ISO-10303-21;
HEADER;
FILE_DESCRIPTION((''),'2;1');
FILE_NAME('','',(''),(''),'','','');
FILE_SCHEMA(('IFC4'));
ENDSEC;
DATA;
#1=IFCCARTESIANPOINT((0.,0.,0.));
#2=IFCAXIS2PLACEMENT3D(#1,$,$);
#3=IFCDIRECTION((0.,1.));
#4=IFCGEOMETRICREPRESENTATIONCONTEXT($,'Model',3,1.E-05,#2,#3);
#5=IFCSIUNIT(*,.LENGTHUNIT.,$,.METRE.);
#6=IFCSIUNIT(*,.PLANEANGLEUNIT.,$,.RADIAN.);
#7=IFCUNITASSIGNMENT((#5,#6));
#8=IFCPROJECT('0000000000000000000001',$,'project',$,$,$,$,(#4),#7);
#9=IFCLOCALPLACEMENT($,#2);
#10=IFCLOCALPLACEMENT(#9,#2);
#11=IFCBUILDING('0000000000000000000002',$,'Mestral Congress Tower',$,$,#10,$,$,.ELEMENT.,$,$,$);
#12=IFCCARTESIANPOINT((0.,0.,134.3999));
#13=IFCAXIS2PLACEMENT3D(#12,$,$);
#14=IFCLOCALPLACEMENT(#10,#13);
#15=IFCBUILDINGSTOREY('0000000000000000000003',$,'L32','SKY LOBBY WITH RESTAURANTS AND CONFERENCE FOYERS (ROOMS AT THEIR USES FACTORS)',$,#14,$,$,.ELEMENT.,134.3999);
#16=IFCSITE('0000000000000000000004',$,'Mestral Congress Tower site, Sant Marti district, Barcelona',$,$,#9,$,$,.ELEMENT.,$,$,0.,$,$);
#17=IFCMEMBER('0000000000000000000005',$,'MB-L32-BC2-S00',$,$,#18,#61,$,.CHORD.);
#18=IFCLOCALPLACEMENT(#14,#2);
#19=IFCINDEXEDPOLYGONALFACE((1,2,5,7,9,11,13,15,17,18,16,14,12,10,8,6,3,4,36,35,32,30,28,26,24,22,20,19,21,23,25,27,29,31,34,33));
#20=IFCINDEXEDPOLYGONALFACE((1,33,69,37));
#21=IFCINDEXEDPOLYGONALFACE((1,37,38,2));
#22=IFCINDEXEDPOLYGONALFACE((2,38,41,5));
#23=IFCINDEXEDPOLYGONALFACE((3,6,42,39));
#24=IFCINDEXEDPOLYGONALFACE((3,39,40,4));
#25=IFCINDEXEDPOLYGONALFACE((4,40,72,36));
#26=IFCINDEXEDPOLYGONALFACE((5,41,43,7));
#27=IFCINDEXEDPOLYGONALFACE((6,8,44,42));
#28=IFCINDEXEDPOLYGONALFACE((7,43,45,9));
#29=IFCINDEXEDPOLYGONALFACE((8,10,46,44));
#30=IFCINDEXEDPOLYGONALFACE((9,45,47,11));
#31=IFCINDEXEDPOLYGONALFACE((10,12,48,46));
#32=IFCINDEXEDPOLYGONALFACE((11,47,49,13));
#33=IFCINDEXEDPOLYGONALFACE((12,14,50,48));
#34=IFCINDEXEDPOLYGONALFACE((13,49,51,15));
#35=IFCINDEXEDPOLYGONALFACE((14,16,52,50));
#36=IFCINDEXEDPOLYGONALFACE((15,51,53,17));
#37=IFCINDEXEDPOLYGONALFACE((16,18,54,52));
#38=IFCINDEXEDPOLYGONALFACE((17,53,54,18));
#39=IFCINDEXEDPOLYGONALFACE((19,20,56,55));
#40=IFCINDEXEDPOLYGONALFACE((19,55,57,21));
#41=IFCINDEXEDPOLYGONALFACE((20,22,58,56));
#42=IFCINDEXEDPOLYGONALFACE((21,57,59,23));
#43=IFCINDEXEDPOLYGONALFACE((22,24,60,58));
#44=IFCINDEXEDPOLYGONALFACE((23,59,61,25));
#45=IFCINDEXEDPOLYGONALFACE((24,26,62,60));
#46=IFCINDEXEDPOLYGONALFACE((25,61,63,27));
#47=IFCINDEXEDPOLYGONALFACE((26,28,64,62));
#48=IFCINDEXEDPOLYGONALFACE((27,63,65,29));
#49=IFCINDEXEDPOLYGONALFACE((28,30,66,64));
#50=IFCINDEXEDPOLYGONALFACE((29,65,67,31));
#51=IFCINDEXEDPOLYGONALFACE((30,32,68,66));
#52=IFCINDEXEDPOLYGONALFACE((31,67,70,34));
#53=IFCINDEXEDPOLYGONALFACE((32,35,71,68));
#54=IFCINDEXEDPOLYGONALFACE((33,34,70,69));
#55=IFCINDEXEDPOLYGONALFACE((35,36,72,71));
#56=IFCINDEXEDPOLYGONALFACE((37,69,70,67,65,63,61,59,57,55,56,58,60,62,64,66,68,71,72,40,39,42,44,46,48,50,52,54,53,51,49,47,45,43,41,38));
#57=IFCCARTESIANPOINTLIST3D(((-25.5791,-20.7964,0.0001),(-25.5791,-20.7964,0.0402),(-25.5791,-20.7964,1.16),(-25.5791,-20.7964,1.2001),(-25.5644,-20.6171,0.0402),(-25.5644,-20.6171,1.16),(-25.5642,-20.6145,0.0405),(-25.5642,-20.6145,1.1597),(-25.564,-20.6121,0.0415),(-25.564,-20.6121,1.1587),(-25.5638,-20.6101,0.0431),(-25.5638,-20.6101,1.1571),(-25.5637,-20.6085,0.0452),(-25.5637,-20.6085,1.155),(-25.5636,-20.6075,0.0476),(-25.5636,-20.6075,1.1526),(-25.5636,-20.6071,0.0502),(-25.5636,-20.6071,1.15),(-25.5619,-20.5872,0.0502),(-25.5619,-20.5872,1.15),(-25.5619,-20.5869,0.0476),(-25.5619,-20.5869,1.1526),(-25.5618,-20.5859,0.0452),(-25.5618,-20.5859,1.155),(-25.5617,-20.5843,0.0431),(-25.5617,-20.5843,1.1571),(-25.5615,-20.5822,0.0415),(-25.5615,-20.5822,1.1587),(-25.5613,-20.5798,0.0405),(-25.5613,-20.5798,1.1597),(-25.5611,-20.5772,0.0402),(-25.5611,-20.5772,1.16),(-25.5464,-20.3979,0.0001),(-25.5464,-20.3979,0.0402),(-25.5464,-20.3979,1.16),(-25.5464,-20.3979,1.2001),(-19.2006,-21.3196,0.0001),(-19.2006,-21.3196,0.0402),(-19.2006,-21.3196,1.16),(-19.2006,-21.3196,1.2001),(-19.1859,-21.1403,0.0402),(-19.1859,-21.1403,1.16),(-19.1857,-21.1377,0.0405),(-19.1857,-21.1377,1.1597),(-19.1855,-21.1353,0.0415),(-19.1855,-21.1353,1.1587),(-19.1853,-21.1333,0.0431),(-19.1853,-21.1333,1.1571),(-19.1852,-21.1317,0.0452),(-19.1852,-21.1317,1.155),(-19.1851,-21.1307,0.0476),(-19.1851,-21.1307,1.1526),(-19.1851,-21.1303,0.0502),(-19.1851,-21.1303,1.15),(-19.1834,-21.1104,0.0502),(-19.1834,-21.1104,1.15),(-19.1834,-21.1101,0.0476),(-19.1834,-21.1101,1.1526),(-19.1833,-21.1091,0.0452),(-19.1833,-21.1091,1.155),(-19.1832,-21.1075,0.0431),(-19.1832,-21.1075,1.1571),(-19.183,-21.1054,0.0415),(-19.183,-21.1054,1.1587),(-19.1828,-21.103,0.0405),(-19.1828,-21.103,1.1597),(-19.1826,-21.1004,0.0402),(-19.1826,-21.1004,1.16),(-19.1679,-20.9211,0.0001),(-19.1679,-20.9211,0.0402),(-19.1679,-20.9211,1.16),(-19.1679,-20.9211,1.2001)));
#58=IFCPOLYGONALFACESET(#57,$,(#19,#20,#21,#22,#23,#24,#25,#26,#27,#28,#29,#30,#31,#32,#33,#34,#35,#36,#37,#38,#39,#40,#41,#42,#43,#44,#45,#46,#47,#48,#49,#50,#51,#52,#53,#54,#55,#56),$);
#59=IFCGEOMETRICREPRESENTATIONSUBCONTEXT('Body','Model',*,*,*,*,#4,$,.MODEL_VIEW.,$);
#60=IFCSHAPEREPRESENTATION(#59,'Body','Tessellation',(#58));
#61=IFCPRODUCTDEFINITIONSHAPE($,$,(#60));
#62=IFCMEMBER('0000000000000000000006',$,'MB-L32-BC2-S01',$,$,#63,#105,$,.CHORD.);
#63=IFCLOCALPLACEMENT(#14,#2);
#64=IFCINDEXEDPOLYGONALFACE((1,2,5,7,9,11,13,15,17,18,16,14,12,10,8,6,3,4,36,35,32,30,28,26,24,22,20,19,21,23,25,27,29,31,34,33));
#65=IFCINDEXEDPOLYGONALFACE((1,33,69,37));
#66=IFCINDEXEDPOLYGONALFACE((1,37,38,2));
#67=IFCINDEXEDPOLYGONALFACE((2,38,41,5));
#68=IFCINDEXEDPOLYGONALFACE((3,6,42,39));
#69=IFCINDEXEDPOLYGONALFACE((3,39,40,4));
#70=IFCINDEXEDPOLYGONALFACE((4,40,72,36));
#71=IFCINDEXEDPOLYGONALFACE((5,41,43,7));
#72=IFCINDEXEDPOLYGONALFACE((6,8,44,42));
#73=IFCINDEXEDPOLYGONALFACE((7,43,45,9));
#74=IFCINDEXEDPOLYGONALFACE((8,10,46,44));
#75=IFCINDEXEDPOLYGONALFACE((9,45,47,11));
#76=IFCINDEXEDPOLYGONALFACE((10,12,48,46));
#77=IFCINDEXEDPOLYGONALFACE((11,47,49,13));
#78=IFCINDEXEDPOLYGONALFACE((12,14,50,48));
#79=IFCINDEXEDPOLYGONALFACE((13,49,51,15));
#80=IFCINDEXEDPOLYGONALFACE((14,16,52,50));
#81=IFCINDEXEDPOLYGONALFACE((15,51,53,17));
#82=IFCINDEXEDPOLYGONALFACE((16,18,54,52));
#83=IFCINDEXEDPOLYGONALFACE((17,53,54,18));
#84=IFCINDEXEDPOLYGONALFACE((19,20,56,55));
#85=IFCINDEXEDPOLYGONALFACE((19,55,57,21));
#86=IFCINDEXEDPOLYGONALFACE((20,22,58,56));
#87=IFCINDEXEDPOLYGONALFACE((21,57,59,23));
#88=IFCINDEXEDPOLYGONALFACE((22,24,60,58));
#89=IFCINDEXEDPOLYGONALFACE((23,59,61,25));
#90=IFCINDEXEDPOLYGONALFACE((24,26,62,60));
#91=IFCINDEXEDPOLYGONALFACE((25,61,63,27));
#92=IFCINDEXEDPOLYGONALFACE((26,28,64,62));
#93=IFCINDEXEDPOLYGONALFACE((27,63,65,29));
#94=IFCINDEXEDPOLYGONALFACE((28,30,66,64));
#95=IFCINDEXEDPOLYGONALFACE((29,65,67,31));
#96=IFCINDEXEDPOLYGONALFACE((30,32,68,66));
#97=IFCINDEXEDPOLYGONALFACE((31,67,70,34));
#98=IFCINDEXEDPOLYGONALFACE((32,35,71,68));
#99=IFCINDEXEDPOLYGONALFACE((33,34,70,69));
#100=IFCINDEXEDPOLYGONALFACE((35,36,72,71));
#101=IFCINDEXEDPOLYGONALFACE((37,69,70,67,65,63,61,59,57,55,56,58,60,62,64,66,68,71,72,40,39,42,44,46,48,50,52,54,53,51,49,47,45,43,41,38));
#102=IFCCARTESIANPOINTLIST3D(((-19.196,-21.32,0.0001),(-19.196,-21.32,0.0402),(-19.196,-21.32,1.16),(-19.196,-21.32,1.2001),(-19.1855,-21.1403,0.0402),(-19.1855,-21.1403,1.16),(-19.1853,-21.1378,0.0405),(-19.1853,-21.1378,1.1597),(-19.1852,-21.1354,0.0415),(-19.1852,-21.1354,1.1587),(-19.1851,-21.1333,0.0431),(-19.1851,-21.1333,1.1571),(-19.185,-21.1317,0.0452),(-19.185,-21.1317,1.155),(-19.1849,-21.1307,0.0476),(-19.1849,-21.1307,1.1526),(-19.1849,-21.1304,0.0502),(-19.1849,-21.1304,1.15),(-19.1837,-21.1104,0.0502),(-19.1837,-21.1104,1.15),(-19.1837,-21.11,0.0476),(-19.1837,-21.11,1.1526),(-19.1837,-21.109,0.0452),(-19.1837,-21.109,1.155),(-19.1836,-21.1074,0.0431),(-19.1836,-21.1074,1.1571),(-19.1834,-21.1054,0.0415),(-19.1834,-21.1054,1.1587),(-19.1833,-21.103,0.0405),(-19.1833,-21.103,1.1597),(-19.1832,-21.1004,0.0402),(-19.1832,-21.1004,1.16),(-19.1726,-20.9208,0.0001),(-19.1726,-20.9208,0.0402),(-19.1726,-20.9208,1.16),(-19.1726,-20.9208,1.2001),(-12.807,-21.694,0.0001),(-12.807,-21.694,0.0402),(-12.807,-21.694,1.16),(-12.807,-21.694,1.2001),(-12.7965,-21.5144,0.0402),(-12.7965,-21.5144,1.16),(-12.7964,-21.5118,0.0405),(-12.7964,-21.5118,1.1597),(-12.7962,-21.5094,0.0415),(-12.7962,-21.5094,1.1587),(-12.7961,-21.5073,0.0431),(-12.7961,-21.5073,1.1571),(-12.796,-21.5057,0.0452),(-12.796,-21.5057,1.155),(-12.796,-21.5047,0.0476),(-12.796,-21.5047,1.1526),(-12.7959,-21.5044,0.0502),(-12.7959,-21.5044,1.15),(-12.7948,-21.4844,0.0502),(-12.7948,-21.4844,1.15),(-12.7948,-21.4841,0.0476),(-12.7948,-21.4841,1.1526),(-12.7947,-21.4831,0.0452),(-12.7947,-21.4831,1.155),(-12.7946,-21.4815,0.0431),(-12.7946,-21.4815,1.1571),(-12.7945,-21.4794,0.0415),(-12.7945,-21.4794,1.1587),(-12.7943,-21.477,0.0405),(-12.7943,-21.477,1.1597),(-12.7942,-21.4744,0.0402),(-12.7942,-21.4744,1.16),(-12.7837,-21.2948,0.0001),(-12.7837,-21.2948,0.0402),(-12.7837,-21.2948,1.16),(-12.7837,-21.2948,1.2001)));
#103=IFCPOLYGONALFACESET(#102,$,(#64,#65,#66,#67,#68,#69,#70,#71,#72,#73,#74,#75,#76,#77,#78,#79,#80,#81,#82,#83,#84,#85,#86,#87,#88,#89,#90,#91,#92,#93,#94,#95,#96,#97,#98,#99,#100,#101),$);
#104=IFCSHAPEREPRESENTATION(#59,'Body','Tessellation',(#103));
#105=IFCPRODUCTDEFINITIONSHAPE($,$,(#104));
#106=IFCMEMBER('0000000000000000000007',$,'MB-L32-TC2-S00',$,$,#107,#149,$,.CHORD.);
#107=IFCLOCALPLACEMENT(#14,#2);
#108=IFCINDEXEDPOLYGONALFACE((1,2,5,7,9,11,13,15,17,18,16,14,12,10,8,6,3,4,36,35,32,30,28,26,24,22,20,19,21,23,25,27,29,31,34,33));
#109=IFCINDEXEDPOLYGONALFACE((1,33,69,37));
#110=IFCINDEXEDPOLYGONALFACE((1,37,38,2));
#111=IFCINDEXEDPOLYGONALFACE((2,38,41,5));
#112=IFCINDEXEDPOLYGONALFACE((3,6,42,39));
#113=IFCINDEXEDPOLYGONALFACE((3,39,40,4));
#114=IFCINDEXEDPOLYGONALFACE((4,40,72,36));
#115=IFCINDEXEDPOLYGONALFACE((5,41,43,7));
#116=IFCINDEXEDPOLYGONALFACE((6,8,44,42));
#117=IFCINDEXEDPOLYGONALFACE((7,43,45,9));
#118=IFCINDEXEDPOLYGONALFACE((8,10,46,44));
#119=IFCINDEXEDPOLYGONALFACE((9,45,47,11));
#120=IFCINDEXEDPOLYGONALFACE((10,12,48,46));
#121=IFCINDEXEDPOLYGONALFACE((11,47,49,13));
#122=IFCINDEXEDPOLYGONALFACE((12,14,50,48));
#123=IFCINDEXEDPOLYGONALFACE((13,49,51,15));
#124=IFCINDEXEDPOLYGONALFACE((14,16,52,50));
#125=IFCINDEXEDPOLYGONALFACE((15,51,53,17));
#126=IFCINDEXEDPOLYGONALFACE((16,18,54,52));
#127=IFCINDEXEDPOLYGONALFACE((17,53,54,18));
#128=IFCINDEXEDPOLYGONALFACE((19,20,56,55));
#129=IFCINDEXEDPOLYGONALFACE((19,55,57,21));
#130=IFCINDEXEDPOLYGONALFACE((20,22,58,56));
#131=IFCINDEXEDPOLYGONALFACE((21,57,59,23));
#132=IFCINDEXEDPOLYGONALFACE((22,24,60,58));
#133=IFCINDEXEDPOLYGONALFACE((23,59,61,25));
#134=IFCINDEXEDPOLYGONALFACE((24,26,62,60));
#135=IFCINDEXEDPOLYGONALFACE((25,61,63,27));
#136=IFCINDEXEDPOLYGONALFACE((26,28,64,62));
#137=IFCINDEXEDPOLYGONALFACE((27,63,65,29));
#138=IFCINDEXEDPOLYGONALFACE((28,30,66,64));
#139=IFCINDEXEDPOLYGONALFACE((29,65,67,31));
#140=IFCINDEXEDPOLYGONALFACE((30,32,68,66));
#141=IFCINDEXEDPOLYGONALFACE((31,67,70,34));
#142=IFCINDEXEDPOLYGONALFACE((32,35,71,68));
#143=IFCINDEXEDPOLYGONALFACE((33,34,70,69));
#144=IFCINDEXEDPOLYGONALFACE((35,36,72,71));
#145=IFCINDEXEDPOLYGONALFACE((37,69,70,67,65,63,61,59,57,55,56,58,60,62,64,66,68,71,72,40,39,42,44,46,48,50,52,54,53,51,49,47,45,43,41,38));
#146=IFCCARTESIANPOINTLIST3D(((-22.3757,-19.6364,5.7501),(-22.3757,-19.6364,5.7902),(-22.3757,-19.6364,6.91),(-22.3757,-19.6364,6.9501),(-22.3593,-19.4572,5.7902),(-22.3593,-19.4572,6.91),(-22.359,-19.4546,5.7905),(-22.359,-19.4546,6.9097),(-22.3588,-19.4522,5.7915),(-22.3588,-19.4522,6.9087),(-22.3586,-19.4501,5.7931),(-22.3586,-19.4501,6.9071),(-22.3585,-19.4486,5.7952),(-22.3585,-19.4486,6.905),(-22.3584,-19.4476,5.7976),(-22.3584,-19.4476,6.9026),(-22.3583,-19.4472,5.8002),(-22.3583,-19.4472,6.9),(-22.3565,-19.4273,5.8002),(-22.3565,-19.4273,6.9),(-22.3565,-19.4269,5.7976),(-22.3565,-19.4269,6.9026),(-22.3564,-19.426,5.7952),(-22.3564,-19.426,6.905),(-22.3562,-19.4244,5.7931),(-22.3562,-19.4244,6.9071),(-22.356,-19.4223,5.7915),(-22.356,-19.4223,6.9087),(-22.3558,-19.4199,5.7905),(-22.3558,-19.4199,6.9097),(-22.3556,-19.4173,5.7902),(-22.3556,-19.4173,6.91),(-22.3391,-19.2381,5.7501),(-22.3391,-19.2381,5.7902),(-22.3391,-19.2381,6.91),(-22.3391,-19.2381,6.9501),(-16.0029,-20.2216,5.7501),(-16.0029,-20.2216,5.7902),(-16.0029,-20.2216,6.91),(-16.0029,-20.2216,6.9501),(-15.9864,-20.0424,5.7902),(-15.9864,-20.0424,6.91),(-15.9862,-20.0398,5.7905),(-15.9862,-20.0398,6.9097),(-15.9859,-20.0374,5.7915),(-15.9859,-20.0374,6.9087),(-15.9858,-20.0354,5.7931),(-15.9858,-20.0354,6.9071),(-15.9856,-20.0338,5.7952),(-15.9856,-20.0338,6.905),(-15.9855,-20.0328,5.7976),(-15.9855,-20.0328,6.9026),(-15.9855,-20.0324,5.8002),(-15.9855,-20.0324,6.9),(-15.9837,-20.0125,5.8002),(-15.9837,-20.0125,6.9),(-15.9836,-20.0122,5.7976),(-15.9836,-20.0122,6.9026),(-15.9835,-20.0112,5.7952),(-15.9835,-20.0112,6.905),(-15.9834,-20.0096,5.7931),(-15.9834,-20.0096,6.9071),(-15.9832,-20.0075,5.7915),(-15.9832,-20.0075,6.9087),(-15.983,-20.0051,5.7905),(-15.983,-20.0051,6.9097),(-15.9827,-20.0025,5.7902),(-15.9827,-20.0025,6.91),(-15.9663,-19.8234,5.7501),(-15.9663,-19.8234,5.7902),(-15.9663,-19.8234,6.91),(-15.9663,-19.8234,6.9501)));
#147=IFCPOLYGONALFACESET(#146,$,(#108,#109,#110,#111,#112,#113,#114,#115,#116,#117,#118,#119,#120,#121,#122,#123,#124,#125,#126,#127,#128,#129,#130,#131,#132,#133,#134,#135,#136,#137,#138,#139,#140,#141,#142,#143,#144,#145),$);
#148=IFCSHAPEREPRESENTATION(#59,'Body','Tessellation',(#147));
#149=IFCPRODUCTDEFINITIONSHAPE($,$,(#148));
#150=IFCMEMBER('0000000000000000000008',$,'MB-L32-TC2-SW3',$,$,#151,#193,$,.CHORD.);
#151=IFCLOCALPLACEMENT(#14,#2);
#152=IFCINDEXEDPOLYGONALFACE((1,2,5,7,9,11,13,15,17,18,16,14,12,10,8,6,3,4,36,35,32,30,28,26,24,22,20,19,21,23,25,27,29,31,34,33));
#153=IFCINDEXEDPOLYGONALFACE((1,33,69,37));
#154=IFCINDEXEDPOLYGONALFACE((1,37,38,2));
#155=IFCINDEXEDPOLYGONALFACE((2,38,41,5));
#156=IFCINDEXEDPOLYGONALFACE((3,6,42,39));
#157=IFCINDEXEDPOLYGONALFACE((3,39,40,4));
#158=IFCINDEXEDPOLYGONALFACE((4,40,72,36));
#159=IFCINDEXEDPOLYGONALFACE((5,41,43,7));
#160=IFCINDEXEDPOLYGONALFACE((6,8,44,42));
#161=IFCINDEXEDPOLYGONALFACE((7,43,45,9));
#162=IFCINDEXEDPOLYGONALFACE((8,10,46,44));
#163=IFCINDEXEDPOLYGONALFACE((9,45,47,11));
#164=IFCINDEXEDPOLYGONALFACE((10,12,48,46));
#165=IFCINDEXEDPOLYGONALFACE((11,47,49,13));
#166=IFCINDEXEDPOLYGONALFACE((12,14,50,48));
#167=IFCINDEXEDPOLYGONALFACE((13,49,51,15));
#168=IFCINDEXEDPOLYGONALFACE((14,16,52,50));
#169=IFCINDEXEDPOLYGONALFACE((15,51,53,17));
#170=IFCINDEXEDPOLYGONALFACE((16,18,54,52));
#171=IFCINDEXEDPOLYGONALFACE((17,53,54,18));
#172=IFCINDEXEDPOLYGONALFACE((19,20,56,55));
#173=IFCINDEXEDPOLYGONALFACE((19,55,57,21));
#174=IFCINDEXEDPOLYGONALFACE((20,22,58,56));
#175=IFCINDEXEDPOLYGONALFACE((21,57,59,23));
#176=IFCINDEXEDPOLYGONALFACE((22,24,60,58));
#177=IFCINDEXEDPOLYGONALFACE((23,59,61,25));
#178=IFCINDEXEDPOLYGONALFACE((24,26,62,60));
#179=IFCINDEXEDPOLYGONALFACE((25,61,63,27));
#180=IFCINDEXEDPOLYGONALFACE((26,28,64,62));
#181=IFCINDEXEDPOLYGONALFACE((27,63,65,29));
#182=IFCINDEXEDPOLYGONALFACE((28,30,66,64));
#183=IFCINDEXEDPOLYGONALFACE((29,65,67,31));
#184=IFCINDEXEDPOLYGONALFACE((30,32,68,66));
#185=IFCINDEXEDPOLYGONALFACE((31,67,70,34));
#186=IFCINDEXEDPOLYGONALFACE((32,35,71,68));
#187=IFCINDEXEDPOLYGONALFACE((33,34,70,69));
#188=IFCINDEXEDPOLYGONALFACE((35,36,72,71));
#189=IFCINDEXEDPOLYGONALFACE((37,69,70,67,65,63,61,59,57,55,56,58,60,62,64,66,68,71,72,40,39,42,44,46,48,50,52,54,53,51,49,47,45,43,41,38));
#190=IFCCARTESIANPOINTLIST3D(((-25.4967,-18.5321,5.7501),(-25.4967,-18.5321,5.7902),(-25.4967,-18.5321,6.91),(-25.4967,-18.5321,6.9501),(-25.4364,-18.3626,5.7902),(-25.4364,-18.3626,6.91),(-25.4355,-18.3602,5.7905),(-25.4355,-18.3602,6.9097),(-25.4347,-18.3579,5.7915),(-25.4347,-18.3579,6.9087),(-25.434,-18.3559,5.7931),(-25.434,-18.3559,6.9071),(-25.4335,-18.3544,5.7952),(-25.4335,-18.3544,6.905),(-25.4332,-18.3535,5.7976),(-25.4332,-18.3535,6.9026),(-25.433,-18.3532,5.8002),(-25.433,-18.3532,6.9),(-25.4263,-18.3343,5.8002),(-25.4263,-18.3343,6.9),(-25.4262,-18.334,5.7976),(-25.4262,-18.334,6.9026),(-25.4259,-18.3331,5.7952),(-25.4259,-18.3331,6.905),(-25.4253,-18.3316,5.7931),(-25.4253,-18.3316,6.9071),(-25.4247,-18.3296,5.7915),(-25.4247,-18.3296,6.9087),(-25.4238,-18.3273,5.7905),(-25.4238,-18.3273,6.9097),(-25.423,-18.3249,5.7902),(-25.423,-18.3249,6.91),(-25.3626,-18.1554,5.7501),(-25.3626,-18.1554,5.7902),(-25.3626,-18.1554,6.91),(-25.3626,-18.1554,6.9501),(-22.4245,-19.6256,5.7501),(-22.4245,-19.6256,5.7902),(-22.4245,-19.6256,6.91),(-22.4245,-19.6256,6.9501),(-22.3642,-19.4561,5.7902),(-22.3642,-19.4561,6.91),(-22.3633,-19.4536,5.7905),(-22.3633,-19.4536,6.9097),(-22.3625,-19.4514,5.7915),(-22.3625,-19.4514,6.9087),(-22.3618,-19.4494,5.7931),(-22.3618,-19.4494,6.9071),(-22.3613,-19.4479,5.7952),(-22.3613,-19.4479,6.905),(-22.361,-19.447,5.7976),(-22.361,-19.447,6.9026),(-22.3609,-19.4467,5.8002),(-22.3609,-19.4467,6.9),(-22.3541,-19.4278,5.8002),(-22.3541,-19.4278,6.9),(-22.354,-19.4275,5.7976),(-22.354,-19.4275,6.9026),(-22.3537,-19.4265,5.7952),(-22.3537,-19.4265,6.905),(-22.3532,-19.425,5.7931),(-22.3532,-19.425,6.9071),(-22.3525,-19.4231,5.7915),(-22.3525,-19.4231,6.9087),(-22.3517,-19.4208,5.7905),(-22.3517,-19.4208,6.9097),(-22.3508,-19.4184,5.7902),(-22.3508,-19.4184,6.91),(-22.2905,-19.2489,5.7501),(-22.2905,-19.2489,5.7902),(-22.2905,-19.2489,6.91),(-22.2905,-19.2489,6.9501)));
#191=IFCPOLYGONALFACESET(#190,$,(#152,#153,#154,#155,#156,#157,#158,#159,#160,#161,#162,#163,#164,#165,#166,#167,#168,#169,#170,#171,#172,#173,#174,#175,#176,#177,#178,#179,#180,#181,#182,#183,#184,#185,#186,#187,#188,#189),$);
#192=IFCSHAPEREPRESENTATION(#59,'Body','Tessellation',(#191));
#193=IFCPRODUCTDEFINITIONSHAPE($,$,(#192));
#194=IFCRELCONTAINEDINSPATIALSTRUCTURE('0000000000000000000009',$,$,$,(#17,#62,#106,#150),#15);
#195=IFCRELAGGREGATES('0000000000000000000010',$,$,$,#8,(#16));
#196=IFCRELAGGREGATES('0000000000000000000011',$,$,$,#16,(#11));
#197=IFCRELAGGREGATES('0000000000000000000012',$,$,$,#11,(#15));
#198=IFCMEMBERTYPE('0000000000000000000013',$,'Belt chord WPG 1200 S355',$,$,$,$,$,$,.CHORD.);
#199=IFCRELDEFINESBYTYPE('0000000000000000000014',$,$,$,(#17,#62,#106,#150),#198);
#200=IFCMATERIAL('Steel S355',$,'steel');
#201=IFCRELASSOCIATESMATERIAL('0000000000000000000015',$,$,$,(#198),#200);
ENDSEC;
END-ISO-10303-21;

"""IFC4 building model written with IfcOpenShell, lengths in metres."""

from ifc_helpers import new_model, si_unit, direction, frame, origin, origin_2d, place, context, subcontext, project, spatial, i_section, extrude, material, material_profile, profile_set, type_object, element, save


model = new_model("IFC4")

# Units and contexts
model_context = context("Model", 3, precision=1e-05, world=origin(), true_north=direction((0.0, 1.0)))
body_context = subcontext(model_context, "Body", "Model", "MODEL_VIEW")
ifc_project = project(units=[si_unit("LENGTHUNIT", "METRE"), si_unit("PLANEANGLEUNIT", "RADIAN")], contexts=[model_context])

# Site, building, storey
site_placement = place(None, origin())
site = spatial("IfcSite", under=ifc_project, at=site_placement, Name="Mestral Congress Tower site, Sant Marti district, Barcelona", CompositionType="ELEMENT", RefElevation=0.0)
building_placement = place(site_placement, origin())
building = spatial("IfcBuilding", under=site, at=building_placement, Name="Mestral Congress Tower", CompositionType="ELEMENT")
storey_placement = place(building_placement, frame((0.0, 0.0, 134.3999)))
storey = spatial("IfcBuildingStorey", under=building, at=storey_placement, Name="L32", Description="SKY LOBBY WITH RESTAURANTS AND CONFERENCE FOYERS (ROOMS AT THEIR USES FACTORS)", CompositionType="ELEMENT", Elevation=134.3999)

# Members
ifc_material_1 = material(Name="Steel S355", Category="steel")
ifc_material_profile_1 = material_profile(ifc_material_1, i_section(OverallWidth=0.3999, OverallDepth=1.2, WebThickness=0.02, FlangeThickness=0.04, FilletRadius=0.01, at=origin_2d()), Name="WPG 1200")
ifc_profile_set_1 = profile_set([ifc_material_profile_1], Name="Steel S355")
member_type_1 = type_object("IfcMemberType", Name="Belt chord WPG 1200 S355", PredefinedType="CHORD", material=ifc_profile_set_1)
for number, where, z_axis, x_axis, name in (
    (1, (-25.5627, -20.5972, 0.6001), (0.996653, -0.081751, 0.0), (0.081751, 0.996653, 0.0), "MB-L32-BC2-S00"),
    (2, (-19.1843, -21.1204, 0.6001), (0.998291, -0.058442, 0.0), (0.058442, 0.998291, 0.0), "MB-L32-BC2-S01"),
):
    element("IfcMember", number, at=place(storey_placement, frame(where, z_axis=z_axis, x_axis=x_axis)), inside=storey, type_object=member_type_1, Name=name, PredefinedType="CHORD", context=body_context, shape_type="SweptSolid", body=[
        extrude(i_section(OverallWidth=0.3999, OverallDepth=1.2, WebThickness=0.02, FlangeThickness=0.04, FilletRadius=0.01, at=origin_2d()), origin(), (0.0, 0.0, 1.0), 6.3999),
    ])
member_1_placement = place(storey_placement, frame((-22.3574, -19.4373, 6.3501), z_axis=(0.99581, -0.091444, 0.0), x_axis=(0.091444, 0.99581, 0.0)))
element("IfcMember", 3, at=member_1_placement, inside=storey, type_object=member_type_1, Name="MB-L32-TC2-S00", PredefinedType="CHORD", context=body_context, shape_type="SweptSolid", body=[
    extrude(i_section(OverallWidth=0.3999, OverallDepth=1.2, WebThickness=0.02, FlangeThickness=0.04, FilletRadius=0.01, at=origin_2d()), origin(), (0.0, 0.0, 1.0), 6.3997),
])
member_2_placement = place(storey_placement, frame((-25.4297, -18.3438, 6.3501), z_axis=(0.942104, -0.335321, 0.0), x_axis=(0.335321, 0.942104, 0.0)))
element("IfcMember", 4, at=member_2_placement, inside=storey, type_object=member_type_1, Name="MB-L32-TC2-SW3", PredefinedType="CHORD", context=body_context, shape_type="SweptSolid", body=[
    extrude(i_section(OverallWidth=0.3999, OverallDepth=1.2, WebThickness=0.02, FlangeThickness=0.04, FilletRadius=0.01, at=origin_2d()), origin(), (0.0, 0.0, 1.0), 3.261),
])

save(model, "model.ifc")
